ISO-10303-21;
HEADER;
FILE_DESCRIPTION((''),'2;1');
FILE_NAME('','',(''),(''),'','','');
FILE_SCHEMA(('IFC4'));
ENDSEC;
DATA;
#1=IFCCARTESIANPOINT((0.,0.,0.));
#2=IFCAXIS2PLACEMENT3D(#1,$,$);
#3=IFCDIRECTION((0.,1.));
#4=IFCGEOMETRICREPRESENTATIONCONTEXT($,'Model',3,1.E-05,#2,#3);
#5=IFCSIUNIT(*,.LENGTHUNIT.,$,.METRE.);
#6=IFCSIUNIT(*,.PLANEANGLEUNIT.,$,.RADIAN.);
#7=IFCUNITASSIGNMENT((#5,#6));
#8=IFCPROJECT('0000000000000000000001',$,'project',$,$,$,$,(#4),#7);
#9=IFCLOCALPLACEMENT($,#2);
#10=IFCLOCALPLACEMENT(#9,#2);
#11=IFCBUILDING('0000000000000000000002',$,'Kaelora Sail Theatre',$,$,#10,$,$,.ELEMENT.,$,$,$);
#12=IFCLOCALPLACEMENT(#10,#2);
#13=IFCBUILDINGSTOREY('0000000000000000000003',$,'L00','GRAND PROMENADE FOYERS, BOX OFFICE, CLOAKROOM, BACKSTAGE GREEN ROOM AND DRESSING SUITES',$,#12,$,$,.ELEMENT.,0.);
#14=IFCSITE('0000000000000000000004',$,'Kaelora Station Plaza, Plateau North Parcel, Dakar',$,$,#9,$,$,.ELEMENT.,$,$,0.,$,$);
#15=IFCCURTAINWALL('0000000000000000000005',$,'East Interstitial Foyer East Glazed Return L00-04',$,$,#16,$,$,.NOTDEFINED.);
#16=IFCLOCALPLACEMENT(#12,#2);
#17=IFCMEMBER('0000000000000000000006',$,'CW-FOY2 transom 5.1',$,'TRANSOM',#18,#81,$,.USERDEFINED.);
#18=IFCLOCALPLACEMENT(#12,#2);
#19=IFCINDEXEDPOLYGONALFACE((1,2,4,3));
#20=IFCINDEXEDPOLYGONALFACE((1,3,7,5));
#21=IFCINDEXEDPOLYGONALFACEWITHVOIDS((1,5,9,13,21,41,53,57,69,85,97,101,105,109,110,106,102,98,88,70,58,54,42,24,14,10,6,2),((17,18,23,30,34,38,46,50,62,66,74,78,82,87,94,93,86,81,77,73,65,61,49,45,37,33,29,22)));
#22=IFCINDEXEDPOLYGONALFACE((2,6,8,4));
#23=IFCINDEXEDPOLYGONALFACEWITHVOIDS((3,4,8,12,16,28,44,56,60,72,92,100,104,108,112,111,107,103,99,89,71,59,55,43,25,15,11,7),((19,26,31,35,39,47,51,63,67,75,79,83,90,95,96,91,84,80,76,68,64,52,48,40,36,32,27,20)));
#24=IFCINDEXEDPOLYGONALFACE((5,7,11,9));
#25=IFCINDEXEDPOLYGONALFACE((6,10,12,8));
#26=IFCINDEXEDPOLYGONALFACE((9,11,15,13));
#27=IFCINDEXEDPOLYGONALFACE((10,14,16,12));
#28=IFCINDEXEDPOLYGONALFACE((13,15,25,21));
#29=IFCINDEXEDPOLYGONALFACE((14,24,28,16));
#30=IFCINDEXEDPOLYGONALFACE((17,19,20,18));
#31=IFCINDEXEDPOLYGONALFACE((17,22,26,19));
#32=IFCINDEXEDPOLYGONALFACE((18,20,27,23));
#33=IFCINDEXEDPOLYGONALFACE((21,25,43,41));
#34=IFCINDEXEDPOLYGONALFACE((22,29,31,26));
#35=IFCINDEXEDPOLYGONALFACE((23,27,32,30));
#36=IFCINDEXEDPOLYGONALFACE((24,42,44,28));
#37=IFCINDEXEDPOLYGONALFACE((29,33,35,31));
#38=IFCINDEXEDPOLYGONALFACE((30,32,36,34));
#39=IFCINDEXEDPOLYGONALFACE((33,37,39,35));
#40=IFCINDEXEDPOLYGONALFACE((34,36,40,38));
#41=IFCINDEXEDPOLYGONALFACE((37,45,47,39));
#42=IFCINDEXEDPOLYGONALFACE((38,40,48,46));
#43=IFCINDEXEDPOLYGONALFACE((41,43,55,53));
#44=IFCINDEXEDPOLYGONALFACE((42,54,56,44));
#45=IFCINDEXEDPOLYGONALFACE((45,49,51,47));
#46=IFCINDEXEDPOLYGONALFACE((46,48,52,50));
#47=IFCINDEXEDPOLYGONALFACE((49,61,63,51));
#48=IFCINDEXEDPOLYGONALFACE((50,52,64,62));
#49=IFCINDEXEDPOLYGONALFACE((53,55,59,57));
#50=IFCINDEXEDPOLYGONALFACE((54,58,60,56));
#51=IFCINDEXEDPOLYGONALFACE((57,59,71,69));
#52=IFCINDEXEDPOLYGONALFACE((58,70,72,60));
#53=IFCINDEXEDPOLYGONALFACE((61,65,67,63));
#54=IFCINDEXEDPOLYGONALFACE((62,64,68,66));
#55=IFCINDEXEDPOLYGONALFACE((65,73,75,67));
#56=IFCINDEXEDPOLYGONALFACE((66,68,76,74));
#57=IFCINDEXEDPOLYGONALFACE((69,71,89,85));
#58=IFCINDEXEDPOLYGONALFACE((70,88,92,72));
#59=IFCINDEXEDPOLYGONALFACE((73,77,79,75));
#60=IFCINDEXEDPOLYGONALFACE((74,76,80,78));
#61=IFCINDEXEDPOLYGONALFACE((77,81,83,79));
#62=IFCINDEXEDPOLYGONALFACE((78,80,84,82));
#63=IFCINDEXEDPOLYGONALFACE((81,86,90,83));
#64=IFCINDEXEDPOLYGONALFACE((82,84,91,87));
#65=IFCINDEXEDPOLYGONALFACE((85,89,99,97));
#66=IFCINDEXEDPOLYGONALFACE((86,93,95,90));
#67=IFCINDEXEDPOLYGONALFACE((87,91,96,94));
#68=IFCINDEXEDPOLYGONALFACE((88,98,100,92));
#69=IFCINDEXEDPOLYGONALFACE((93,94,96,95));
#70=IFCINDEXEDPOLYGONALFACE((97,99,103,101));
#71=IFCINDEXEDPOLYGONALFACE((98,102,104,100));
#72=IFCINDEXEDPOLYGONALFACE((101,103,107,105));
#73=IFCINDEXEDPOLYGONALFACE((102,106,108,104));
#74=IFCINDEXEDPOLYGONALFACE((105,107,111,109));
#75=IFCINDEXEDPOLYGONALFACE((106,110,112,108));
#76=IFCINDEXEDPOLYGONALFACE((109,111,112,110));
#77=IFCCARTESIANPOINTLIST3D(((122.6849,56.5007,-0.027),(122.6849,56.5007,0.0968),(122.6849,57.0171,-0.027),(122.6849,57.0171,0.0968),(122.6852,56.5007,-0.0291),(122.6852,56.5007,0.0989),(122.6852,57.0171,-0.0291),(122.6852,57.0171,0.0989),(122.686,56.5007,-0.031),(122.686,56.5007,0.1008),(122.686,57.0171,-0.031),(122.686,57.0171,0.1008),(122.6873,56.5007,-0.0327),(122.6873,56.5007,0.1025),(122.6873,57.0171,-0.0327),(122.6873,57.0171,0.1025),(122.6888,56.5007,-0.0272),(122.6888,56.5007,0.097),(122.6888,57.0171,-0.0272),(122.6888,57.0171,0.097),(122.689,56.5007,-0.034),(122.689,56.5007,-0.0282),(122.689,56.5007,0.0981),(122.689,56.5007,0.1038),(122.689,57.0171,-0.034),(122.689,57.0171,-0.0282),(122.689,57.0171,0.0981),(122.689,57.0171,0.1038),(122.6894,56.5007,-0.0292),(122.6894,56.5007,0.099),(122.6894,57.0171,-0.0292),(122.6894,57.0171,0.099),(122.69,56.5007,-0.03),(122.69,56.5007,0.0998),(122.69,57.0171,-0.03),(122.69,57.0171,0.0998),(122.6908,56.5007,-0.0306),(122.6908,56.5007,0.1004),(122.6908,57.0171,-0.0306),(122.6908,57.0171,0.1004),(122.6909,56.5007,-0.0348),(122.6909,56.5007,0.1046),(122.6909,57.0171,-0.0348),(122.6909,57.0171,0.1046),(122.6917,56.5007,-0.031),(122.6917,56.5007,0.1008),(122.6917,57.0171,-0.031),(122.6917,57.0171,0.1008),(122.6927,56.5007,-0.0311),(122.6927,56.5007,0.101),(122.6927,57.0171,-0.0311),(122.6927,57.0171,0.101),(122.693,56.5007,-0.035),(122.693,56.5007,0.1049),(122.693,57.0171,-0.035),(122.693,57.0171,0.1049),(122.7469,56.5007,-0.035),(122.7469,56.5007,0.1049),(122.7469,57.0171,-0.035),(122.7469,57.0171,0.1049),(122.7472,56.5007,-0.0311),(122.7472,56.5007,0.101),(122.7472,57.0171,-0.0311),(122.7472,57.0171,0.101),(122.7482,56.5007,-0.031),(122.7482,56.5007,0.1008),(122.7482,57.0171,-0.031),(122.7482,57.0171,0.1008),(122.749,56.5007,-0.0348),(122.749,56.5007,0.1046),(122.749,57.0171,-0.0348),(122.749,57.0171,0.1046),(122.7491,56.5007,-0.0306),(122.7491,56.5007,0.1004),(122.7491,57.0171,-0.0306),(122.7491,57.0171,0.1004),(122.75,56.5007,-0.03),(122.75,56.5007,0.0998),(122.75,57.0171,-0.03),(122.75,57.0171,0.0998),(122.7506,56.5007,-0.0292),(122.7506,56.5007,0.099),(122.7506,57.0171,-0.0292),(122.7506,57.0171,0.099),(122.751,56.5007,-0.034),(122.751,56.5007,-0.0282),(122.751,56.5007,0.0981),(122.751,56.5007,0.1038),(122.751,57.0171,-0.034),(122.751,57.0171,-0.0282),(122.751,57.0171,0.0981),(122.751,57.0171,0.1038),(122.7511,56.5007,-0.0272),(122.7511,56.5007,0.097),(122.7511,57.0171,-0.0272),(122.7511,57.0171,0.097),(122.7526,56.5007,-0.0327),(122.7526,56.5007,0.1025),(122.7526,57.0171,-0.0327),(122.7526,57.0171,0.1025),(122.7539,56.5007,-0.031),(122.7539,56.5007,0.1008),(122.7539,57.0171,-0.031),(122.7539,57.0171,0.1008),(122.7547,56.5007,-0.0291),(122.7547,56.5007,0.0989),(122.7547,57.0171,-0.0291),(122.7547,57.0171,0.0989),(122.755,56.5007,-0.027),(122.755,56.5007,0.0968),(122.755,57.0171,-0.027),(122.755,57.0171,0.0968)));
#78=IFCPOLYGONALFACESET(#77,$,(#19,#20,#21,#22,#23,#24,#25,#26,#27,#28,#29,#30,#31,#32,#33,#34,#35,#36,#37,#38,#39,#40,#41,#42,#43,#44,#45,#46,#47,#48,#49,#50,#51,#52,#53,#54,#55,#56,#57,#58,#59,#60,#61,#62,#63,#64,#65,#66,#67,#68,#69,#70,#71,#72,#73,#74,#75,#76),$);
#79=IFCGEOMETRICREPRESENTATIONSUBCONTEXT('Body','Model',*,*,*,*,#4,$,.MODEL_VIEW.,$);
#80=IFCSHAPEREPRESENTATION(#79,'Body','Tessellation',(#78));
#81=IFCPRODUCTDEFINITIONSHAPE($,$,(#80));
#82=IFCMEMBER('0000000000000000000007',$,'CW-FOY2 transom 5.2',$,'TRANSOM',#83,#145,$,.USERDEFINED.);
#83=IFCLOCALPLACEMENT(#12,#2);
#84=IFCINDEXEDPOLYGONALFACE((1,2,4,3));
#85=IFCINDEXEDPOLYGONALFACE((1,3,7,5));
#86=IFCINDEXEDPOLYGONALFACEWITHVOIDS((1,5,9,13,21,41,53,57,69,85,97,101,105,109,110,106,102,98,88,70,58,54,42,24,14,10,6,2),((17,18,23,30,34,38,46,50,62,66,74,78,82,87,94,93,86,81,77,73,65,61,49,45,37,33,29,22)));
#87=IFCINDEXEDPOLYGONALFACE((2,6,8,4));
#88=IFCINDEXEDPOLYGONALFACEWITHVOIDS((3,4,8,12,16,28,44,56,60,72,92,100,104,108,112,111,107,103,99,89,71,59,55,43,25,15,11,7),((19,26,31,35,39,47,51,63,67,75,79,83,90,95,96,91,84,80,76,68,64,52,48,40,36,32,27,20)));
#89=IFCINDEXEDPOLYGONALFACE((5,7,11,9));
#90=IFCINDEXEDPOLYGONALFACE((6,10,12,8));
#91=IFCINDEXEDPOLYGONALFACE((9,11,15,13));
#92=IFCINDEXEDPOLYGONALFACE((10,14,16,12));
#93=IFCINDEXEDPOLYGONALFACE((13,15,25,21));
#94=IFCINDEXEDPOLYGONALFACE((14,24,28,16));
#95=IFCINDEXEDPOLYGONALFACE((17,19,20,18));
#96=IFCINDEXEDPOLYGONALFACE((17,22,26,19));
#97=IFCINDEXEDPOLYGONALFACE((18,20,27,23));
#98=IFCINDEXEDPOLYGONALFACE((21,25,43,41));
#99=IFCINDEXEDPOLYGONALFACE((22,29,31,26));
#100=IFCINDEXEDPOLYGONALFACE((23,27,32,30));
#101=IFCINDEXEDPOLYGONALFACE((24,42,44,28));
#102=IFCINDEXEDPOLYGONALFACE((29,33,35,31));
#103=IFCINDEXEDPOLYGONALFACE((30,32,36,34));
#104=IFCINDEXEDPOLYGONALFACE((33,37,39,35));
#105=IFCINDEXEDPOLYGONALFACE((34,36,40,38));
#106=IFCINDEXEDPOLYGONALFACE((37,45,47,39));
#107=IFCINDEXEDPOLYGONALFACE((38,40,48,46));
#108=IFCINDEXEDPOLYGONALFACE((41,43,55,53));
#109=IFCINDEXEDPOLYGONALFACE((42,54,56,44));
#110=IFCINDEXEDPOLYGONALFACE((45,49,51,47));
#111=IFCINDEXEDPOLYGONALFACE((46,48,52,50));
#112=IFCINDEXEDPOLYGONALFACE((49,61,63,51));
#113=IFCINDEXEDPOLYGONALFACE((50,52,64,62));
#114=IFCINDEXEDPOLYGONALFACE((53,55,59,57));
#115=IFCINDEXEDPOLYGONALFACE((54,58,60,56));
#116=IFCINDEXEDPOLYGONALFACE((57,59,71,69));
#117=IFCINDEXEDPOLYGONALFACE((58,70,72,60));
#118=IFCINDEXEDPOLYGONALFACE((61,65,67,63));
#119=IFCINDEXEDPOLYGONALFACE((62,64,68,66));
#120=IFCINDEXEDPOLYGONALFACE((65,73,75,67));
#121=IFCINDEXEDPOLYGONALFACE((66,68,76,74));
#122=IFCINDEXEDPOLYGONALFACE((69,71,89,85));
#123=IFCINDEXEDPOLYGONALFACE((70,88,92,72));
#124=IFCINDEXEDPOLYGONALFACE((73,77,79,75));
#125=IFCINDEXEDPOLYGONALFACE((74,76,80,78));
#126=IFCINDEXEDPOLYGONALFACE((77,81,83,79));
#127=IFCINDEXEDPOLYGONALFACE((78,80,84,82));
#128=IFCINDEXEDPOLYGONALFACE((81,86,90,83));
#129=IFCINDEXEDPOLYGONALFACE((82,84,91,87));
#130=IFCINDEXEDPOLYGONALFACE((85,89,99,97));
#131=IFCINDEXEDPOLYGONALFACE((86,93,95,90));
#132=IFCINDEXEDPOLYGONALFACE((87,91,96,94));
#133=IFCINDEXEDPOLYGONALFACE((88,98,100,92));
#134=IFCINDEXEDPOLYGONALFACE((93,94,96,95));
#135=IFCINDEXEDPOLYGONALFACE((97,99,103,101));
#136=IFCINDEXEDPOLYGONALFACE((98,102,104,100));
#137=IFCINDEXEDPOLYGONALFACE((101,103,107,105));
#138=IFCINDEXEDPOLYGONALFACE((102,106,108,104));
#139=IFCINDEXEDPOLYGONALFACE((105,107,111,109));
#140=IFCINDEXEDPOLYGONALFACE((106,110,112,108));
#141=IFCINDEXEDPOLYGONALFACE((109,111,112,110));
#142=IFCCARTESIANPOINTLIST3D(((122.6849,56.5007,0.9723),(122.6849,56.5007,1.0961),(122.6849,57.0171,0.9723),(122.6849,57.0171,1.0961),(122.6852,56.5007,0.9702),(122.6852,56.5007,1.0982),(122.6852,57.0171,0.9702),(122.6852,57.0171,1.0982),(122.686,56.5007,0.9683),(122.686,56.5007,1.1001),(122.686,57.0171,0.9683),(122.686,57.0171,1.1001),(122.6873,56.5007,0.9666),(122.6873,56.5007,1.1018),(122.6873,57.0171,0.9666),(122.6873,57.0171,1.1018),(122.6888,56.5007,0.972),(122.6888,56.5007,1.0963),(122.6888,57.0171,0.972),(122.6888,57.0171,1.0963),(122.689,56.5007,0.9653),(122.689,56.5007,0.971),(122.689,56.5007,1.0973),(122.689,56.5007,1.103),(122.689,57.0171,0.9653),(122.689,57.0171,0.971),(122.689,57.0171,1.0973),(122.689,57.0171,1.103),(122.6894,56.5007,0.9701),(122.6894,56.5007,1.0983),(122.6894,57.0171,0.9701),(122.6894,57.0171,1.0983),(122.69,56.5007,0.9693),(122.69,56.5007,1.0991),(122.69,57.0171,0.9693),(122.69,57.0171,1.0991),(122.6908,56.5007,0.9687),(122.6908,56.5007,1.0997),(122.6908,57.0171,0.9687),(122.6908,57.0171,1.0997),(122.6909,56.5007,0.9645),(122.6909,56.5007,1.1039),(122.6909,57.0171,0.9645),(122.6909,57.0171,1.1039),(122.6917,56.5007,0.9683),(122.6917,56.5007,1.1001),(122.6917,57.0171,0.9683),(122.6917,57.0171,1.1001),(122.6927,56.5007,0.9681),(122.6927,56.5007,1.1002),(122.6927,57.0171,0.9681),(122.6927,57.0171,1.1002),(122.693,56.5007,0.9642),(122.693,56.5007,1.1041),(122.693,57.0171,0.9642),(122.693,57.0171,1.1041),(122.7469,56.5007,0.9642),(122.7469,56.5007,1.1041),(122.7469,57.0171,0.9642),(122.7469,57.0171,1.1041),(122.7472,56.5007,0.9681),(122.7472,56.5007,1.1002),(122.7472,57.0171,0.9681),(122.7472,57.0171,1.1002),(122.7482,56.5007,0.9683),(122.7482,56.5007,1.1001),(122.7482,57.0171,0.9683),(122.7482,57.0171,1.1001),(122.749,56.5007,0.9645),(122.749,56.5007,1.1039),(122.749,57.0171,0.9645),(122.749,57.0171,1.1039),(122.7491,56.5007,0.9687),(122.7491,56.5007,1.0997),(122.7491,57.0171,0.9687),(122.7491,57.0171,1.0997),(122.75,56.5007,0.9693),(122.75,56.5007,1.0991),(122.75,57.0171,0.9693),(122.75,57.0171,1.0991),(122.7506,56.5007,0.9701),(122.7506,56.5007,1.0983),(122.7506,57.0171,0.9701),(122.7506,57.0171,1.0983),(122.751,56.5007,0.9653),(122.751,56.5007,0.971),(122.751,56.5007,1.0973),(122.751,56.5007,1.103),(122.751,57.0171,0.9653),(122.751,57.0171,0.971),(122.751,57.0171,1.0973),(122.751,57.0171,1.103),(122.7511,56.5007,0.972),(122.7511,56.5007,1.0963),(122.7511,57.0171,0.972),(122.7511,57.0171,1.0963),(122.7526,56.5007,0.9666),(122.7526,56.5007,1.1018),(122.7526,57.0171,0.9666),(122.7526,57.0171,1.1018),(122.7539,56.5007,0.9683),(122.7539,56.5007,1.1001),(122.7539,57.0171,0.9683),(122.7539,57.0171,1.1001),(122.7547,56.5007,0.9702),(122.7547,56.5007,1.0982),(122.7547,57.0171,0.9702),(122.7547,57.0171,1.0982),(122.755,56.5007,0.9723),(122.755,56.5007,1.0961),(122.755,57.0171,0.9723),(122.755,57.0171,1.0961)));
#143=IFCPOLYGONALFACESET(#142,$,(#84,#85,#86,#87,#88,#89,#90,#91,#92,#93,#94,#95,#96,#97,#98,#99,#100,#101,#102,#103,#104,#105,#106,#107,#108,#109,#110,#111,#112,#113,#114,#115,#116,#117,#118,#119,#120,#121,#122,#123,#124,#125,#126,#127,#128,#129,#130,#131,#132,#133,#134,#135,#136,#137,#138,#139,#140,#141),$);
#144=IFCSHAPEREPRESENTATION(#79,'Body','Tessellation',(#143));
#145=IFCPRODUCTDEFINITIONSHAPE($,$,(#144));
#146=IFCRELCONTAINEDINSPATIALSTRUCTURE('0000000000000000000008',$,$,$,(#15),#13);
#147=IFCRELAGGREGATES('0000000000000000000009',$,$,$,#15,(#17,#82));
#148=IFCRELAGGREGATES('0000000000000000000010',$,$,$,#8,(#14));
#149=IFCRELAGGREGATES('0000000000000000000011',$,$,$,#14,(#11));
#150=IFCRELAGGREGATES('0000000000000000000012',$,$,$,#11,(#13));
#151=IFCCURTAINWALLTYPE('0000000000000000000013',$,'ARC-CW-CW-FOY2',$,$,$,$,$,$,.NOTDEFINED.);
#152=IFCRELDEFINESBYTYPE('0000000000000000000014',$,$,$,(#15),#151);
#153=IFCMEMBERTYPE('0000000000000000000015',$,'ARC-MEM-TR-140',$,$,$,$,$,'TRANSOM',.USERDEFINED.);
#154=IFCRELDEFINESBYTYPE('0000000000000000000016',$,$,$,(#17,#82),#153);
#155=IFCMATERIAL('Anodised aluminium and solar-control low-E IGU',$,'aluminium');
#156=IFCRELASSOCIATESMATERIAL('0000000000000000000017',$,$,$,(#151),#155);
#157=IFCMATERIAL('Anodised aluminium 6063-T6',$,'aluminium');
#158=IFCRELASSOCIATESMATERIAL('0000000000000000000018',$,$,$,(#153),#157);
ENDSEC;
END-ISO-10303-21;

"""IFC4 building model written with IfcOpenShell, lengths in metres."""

from ifc_helpers import new_model, si_unit, direction, frame, origin, origin_2d, place, context, subcontext, project, spatial, hollow_rectangle, extrude, material, material_profile, profile_set, type_object, element, aggregate, save


model = new_model("IFC4")

# Units and contexts
model_context = context("Model", 3, precision=1e-05, world=origin(), true_north=direction((0.0, 1.0)))
body_context = subcontext(model_context, "Body", "Model", "MODEL_VIEW")
ifc_project = project(units=[si_unit("LENGTHUNIT", "METRE"), si_unit("PLANEANGLEUNIT", "RADIAN")], contexts=[model_context])

# Site, building, storey
site_placement = place(None, origin())
site = spatial("IfcSite", under=ifc_project, at=site_placement, Name="Kaelora Station Plaza, Plateau North Parcel, Dakar", CompositionType="ELEMENT", RefElevation=0.0)
building_placement = place(site_placement, origin())
building = spatial("IfcBuilding", under=site, at=building_placement, Name="Kaelora Sail Theatre", CompositionType="ELEMENT")
storey_placement = place(building_placement, origin())
storey = spatial("IfcBuildingStorey", under=building, at=storey_placement, Name="L00", Description="GRAND PROMENADE FOYERS, BOX OFFICE, CLOAKROOM, BACKSTAGE GREEN ROOM AND DRESSING SUITES", CompositionType="ELEMENT", Elevation=0.0)

# Curtain wall, members
ifc_material_1 = material(Name="Anodised aluminium and solar-control low-E IGU", Category="aluminium")
curtain_wall_type = type_object("IfcCurtainWallType", Name="ARC-CW-CW-FOY2", PredefinedType="NOTDEFINED", material=ifc_material_1)
curtain_wall_placement = place(storey_placement, origin())
curtain_wall = element("IfcCurtainWall", 1, at=curtain_wall_placement, inside=storey, type_object=curtain_wall_type, Name="East Interstitial Foyer East Glazed Return L00-04", PredefinedType="NOTDEFINED")
ifc_material_2 = material(Name="Anodised aluminium 6063-T6", Category="aluminium")
ifc_material_profile_1 = material_profile(ifc_material_2, hollow_rectangle(XDim=0.0701, YDim=0.1399, WallThickness=0.0039, InnerFilletRadius=0.0039, OuterFilletRadius=0.0081, at=origin_2d()), Name="ALU-TRAN 70x140x4")
ifc_profile_set_1 = profile_set([ifc_material_profile_1], Name="Anodised aluminium 6063-T6")
member_type_1 = type_object("IfcMemberType", Name="ARC-MEM-TR-140", ElementType="TRANSOM", PredefinedType="USERDEFINED", material=ifc_profile_set_1)
member_1_placement = place(storey_placement, frame((122.72, 56.5007, 0.0349), z_axis=(0.0, 1.0, 0.0), x_axis=(-1.0, 0.0, 0.0)))
member_1 = element("IfcMember", 2, at=member_1_placement, type_object=member_type_1, Name="CW-FOY2 transom 5.1", ObjectType="TRANSOM", PredefinedType="USERDEFINED", context=body_context, shape_type="SweptSolid", body=[
    extrude(hollow_rectangle(XDim=0.0701, YDim=0.1399, WallThickness=0.0039, InnerFilletRadius=0.0039, OuterFilletRadius=0.0081, at=origin_2d()), origin(), (0.0, 0.0, 1.0), 0.5164),
])
member_2_placement = place(storey_placement, frame((122.72, 56.5007, 1.0342), z_axis=(0.0, 1.0, 0.0), x_axis=(-1.0, 0.0, 0.0)))
member_2 = element("IfcMember", 3, at=member_2_placement, type_object=member_type_1, Name="CW-FOY2 transom 5.2", ObjectType="TRANSOM", PredefinedType="USERDEFINED", context=body_context, shape_type="SweptSolid", body=[
    extrude(hollow_rectangle(XDim=0.0701, YDim=0.1399, WallThickness=0.0039, InnerFilletRadius=0.0039, OuterFilletRadius=0.0081, at=origin_2d()), origin(), (0.0, 0.0, 1.0), 0.5164),
])
aggregate(curtain_wall, [member_1, member_2])

save(model, "model.ifc")
